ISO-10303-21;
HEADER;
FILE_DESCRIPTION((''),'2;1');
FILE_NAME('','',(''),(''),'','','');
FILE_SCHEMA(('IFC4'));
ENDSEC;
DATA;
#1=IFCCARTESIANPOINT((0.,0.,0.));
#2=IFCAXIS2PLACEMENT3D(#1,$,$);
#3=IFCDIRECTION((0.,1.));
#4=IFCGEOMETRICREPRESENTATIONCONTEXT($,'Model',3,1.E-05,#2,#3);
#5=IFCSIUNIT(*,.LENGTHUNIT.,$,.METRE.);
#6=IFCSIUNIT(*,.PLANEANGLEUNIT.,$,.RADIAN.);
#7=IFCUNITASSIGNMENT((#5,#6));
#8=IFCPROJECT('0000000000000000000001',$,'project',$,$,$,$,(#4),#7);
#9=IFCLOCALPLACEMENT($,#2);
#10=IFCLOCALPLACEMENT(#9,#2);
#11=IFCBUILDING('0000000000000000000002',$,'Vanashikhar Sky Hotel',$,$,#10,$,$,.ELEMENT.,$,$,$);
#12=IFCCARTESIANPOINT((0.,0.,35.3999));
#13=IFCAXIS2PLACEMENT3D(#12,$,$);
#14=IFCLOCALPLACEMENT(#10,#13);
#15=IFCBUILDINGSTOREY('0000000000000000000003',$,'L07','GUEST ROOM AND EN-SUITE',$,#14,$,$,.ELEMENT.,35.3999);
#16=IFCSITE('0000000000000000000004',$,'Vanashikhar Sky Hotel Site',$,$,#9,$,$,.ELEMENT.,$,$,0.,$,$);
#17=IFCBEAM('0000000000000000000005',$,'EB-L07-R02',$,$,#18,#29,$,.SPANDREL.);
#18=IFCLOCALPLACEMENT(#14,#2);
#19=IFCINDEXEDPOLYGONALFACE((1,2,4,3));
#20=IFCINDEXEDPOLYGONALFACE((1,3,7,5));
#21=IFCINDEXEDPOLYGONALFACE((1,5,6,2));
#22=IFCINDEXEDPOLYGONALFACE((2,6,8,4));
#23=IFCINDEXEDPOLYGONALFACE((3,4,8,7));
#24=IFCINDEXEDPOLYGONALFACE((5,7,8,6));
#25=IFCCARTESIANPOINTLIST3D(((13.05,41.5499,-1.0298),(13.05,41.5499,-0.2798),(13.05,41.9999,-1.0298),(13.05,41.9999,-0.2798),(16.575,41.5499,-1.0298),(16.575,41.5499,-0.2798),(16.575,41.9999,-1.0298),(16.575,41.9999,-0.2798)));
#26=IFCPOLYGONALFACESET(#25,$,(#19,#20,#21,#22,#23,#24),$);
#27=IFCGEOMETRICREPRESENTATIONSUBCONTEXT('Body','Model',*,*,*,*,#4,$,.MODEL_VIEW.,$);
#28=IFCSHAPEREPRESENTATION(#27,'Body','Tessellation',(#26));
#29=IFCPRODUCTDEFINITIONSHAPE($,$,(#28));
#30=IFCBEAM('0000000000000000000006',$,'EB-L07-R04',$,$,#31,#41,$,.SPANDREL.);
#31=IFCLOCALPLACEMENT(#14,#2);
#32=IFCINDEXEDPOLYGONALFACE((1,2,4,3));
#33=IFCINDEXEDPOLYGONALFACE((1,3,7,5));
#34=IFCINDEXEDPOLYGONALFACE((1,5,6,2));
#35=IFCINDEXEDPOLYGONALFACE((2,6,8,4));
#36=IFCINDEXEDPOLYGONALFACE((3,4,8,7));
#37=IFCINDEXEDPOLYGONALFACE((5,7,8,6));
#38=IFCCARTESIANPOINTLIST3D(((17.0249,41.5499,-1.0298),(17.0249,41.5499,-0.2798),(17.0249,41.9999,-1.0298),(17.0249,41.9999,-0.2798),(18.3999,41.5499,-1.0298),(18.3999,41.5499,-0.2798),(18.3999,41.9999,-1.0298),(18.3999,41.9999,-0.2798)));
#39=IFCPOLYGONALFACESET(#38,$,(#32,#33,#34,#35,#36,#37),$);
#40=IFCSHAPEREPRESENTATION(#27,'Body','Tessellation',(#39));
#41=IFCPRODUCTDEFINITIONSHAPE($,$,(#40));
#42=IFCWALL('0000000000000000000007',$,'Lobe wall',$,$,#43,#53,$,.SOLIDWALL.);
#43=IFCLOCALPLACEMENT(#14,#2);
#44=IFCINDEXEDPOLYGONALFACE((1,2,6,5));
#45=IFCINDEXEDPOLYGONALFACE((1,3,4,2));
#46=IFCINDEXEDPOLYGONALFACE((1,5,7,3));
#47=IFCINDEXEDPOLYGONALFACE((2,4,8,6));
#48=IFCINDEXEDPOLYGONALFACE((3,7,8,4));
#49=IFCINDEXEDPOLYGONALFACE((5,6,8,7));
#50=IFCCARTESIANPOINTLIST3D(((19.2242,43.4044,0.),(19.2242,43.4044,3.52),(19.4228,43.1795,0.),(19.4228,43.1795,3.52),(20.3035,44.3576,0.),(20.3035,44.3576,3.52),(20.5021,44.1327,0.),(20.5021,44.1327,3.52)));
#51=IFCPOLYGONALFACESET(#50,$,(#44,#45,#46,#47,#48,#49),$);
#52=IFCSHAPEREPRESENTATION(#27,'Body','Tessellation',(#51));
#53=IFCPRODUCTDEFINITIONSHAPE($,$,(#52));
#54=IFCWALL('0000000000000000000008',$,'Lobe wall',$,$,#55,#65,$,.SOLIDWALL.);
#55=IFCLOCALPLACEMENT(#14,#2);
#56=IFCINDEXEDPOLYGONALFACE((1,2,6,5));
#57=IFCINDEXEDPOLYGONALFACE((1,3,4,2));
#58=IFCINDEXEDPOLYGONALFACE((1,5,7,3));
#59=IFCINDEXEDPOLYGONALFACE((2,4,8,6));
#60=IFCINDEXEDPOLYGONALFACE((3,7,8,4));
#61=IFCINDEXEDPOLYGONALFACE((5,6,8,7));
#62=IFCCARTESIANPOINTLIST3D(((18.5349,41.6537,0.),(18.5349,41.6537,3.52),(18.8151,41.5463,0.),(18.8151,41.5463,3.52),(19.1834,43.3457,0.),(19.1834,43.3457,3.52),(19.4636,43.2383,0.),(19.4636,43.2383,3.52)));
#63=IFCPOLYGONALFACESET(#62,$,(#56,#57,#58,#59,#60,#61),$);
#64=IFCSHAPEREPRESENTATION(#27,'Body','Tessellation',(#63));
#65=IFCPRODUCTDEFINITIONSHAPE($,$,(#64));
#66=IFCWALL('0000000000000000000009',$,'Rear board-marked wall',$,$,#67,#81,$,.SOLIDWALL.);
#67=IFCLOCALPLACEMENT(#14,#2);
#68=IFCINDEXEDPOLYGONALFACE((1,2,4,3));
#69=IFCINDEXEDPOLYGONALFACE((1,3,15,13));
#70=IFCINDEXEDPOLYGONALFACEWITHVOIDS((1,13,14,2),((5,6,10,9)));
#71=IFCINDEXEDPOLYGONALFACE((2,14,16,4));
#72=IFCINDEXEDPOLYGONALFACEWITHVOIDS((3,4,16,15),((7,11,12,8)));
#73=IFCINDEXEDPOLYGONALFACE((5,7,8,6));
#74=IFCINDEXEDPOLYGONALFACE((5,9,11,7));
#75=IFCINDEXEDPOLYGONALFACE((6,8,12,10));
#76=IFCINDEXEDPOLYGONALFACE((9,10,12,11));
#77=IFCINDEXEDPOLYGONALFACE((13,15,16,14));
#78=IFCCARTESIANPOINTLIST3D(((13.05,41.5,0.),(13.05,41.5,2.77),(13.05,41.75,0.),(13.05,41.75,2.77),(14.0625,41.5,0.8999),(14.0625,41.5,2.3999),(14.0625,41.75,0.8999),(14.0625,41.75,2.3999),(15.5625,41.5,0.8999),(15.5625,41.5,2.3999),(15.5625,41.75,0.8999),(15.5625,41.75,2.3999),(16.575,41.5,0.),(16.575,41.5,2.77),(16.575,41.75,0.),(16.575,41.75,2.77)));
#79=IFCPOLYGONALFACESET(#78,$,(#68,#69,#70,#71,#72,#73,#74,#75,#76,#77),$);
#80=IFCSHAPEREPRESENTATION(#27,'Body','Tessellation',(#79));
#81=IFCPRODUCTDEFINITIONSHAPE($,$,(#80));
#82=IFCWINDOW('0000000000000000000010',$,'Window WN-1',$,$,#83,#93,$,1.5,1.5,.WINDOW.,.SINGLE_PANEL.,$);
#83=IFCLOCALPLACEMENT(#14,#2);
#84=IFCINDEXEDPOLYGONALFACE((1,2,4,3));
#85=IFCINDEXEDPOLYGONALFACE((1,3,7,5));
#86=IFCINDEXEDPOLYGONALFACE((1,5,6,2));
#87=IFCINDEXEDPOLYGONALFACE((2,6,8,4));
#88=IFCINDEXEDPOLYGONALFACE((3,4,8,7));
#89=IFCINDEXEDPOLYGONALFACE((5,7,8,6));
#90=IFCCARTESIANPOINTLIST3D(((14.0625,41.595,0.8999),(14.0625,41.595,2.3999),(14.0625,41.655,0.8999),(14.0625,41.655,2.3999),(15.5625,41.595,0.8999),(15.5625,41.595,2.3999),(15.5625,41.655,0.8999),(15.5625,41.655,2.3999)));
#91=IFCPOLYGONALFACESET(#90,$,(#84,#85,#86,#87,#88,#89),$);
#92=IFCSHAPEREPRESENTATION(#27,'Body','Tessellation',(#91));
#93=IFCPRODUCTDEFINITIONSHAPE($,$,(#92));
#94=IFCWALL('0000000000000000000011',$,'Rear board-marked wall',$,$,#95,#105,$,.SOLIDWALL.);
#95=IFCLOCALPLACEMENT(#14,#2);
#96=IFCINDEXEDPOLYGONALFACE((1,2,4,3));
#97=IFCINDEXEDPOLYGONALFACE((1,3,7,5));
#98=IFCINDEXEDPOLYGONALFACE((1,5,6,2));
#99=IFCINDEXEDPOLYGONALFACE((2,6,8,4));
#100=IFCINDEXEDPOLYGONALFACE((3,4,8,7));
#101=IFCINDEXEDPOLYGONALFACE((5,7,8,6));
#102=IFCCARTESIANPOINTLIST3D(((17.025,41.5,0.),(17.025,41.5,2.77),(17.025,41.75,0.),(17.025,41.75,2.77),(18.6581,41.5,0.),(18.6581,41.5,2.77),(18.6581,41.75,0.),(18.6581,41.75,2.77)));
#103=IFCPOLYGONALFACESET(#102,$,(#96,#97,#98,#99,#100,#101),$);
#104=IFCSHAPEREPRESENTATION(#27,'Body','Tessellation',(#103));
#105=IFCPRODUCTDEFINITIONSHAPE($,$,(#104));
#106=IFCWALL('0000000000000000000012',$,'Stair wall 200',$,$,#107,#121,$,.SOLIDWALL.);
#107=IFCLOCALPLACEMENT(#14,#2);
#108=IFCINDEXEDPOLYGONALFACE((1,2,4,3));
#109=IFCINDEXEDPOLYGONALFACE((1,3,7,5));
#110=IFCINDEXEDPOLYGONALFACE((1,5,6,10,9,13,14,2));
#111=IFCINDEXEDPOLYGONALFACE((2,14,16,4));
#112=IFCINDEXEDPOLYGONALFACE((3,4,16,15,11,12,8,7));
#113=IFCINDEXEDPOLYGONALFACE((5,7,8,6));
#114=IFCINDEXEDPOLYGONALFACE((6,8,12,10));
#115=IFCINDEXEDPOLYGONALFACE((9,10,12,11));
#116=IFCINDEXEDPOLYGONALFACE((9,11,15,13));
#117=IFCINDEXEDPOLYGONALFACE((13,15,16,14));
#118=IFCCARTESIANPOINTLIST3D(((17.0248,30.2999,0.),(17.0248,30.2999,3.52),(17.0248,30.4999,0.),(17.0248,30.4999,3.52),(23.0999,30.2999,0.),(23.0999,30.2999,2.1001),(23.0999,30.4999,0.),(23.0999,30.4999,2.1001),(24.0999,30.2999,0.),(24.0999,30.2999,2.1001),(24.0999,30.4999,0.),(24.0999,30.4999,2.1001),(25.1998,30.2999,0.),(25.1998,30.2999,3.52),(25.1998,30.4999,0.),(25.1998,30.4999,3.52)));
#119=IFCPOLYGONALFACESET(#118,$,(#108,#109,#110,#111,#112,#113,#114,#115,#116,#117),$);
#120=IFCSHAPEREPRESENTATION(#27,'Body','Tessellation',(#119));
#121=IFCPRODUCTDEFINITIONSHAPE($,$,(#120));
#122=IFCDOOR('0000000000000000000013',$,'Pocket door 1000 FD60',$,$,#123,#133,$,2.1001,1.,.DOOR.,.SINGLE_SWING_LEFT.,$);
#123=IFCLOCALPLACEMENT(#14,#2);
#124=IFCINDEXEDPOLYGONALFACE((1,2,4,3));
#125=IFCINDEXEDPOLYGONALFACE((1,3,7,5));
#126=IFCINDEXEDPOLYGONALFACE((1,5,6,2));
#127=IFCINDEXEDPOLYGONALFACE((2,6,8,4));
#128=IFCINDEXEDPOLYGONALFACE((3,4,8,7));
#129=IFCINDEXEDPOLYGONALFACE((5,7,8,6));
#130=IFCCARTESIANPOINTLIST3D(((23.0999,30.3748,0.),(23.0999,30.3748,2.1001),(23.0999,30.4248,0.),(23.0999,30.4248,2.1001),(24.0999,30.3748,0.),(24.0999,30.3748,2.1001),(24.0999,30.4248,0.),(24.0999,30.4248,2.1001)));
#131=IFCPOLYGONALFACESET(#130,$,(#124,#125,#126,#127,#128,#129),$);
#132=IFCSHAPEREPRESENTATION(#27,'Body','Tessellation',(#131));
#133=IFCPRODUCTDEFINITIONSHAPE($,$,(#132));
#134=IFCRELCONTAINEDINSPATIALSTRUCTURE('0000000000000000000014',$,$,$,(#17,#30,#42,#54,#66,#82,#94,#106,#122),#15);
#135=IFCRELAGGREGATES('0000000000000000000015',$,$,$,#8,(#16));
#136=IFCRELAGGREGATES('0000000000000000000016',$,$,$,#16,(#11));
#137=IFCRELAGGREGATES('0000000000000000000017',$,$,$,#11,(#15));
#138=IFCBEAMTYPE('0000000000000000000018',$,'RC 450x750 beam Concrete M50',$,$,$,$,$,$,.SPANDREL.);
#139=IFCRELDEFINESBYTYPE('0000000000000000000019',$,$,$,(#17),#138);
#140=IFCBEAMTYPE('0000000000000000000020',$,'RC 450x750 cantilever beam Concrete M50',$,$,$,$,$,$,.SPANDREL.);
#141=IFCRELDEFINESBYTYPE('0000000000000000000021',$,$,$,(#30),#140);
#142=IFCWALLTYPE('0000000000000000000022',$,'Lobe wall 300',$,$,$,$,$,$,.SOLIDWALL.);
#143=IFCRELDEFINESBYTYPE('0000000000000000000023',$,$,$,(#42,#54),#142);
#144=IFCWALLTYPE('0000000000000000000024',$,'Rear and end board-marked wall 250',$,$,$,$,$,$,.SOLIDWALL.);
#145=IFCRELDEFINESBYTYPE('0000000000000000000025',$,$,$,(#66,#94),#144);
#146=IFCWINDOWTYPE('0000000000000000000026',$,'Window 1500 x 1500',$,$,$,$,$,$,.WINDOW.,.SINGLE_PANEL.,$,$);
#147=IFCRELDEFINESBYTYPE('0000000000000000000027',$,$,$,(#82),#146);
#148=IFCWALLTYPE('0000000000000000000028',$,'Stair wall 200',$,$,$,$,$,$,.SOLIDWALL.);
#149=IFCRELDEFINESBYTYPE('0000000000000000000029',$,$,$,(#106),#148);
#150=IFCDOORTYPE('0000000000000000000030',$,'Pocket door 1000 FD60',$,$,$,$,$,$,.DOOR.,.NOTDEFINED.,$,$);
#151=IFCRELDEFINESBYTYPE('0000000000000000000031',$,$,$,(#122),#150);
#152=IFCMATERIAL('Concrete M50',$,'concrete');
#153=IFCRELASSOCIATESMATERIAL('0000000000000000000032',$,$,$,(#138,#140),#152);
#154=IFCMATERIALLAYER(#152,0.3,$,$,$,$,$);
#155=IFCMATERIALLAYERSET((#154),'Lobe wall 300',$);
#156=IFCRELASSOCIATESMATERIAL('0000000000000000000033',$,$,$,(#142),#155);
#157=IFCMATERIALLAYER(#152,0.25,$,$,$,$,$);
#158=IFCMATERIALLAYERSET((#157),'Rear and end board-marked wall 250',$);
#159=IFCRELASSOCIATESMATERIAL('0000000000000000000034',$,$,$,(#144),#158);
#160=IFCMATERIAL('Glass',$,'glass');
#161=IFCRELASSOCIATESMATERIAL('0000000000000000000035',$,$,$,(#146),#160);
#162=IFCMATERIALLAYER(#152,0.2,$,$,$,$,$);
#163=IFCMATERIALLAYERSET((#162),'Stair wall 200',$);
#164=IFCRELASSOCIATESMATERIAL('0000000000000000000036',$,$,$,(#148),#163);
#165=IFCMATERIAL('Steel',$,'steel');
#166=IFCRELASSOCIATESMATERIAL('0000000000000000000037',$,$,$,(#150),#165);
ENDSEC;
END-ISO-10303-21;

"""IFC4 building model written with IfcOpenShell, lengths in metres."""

from ifc_helpers import new_model, si_unit, direction, frame, frame_2d, origin, origin_2d, place, context, subcontext, project, spatial, rectangle, extrude, source, transform, mapped, material, layer, layer_set, material_profile, profile_set, type_object, element, fill, save


model = new_model("IFC4")

# Units and contexts
model_context = context("Model", 3, precision=1e-05, world=origin(), true_north=direction((0.0, 1.0)))
body_context = subcontext(model_context, "Body", "Model", "MODEL_VIEW")
ifc_project = project(units=[si_unit("LENGTHUNIT", "METRE"), si_unit("PLANEANGLEUNIT", "RADIAN")], contexts=[model_context])

# Site, building, storey
site_placement = place(None, origin())
site = spatial("IfcSite", under=ifc_project, at=site_placement, Name="Vanashikhar Sky Hotel Site", CompositionType="ELEMENT", RefElevation=0.0)
building_placement = place(site_placement, origin())
building = spatial("IfcBuilding", under=site, at=building_placement, Name="Vanashikhar Sky Hotel", CompositionType="ELEMENT")
storey_placement = place(building_placement, frame((0.0, 0.0, 35.3999)))
storey = spatial("IfcBuildingStorey", under=building, at=storey_placement, Name="L07", Description="GUEST ROOM AND EN-SUITE", CompositionType="ELEMENT", Elevation=35.3999)

# Beams
ifc_material_1 = material(Name="Concrete M50", Category="concrete")
ifc_material_profile_1 = material_profile(ifc_material_1, rectangle(XDim=0.45, YDim=0.75, at=origin_2d()))
ifc_profile_set_1 = profile_set([ifc_material_profile_1], Name="RC 450x750 beam Concrete M50")
beam_type_1 = type_object("IfcBeamType", Name="RC 450x750 beam Concrete M50", PredefinedType="SPANDREL", material=ifc_profile_set_1)
shared_shape_1 = source(origin(), body_context, "Body", "SweptSolid", [
    extrude(rectangle(XDim=0.45, YDim=0.75, at=origin_2d()), origin(), (0.0, 0.0, 1.0), 3.5249),
])
beam_1_placement = place(storey_placement, frame((13.05, 41.7749, -0.6548), z_axis=(1.0, 0.0, 0.0), x_axis=(0.0, 1.0, 0.0)))
element("IfcBeam", 1, at=beam_1_placement, inside=storey, type_object=beam_type_1, Name="EB-L07-R02", PredefinedType="SPANDREL", context=body_context, shape_type="MappedRepresentation", body=[
    mapped(shared_shape_1, transform((0.0, 0.0, 0.0), scale=1.0)),
])
ifc_material_profile_2 = material_profile(ifc_material_1, rectangle(XDim=0.45, YDim=0.75, at=origin_2d()))
ifc_profile_set_2 = profile_set([ifc_material_profile_2], Name="RC 450x750 cantilever beam Concrete M50")
beam_type_2 = type_object("IfcBeamType", Name="RC 450x750 cantilever beam Concrete M50", PredefinedType="SPANDREL", material=ifc_profile_set_2)
shared_shape_2 = source(origin(), body_context, "Body", "SweptSolid", [
    extrude(rectangle(XDim=0.45, YDim=0.75, at=origin_2d()), origin(), (0.0, 0.0, 1.0), 1.375),
])
beam_2_placement = place(storey_placement, frame((17.0249, 41.7749, -0.6548), z_axis=(1.0, 0.0, 0.0), x_axis=(0.0, 1.0, 0.0)))
element("IfcBeam", 2, at=beam_2_placement, inside=storey, type_object=beam_type_2, Name="EB-L07-R04", PredefinedType="SPANDREL", context=body_context, shape_type="MappedRepresentation", body=[
    mapped(shared_shape_2, transform((0.0, 0.0, 0.0), scale=1.0)),
])

# Walls
ifc_layer_1 = layer(ifc_material_1, 0.3)
ifc_layer_set_1 = layer_set([ifc_layer_1], Name="Lobe wall 300")
wall_type_1 = type_object("IfcWallType", Name="Lobe wall 300", PredefinedType="SOLIDWALL", material=ifc_layer_set_1)
shared_shape_3 = source(origin(), body_context, "Body", "SweptSolid", [
    extrude(rectangle(XDim=1.4399, YDim=0.3, at=frame_2d((0.72, 0.0))), origin(), (0.0, 0.0, 1.0), 3.52),
])
wall_1_placement = place(storey_placement, frame((20.4028, 44.2451, 0.0), z_axis=(0.0, 0.0, 1.0), x_axis=(-0.749576, -0.661919, 0.0)))
element("IfcWall", 3, at=wall_1_placement, inside=storey, type_object=wall_type_1, Name="Lobe wall", PredefinedType="SOLIDWALL", context=body_context, shape_type="MappedRepresentation", body=[
    mapped(shared_shape_3, transform((0.0, 0.0, 0.0), scale=1.0)),
])
shared_shape_4 = source(origin(), body_context, "Body", "SweptSolid", [
    extrude(rectangle(XDim=1.812, YDim=0.3, at=frame_2d((0.906, 0.0))), origin(), (0.0, 0.0, 1.0), 3.52),
])
wall_2_placement = place(storey_placement, frame((19.3235, 43.292, 0.0), z_axis=(0.0, 0.0, 1.0), x_axis=(-0.357877, -0.933769, 0.0)))
element("IfcWall", 4, at=wall_2_placement, inside=storey, type_object=wall_type_1, Name="Lobe wall", PredefinedType="SOLIDWALL", context=body_context, shape_type="MappedRepresentation", body=[
    mapped(shared_shape_4, transform((0.0, 0.0, 0.0), scale=1.0)),
])

# Wall, opening, window
ifc_layer_2 = layer(ifc_material_1, 0.25)
ifc_layer_set_2 = layer_set([ifc_layer_2], Name="Rear and end board-marked wall 250")
wall_type_2 = type_object("IfcWallType", Name="Rear and end board-marked wall 250", PredefinedType="SOLIDWALL", material=ifc_layer_set_2)
shared_shape_5 = source(origin(), body_context, "Body", "SweptSolid", [
    extrude(rectangle(XDim=3.5249, YDim=0.25, at=frame_2d((1.7625, 0.0))), origin(), (0.0, 0.0, 1.0), 2.77),
])
wall_3_placement = place(storey_placement, frame((16.575, 41.625, 0.0), z_axis=(0.0, 0.0, 1.0), x_axis=(-1.0, 0.0, 0.0)))
wall_3 = element("IfcWall", 5, at=wall_3_placement, inside=storey, type_object=wall_type_2, Name="Rear board-marked wall", PredefinedType="SOLIDWALL", context=body_context, shape_type="MappedRepresentation", body=[
    mapped(shared_shape_5, transform((0.0, 0.0, 0.0), scale=1.0)),
])
shared_shape_6 = source(origin(), body_context, "Body", "SweptSolid", [
    extrude(rectangle(XDim=1.5, YDim=1.5, at=frame_2d((0.75, 0.75))), frame((0.0, 0.135, 0.0), z_axis=(0.0, -1.0, 0.0), x_axis=(1.0, 0.0, 0.0)), (0.0, 0.0, 1.0), 0.27),
])
opening_1_placement = place(wall_3_placement, frame((1.0125, 0.0, 0.8999)))
opening_1 = element("IfcOpeningElement", 6, at=opening_1_placement, cuts=wall_3, PredefinedType="OPENING", context=body_context, shape_type="MappedRepresentation", body=[
    mapped(shared_shape_6, transform((0.0, 0.0, 0.0), scale=1.0)),
])
ifc_material_2 = material(Name="Glass", Category="glass")
window_type = type_object("IfcWindowType", Name="Window 1500 x 1500", PartitioningType="SINGLE_PANEL", PredefinedType="WINDOW", material=ifc_material_2)
shared_shape_7 = source(origin(), body_context, "Body", "SweptSolid", [
    extrude(rectangle(XDim=1.5, YDim=1.5, at=frame_2d((0.75, 0.75))), frame((0.0, 0.03, 0.0), z_axis=(0.0, -1.0, 0.0), x_axis=(1.0, 0.0, 0.0)), (0.0, 0.0, 1.0), 0.0601),
])
window_placement = place(opening_1_placement, origin())
window = element("IfcWindow", 7, at=window_placement, inside=storey, type_object=window_type, Name="Window WN-1", OverallHeight=1.5, OverallWidth=1.5, PartitioningType="SINGLE_PANEL", PredefinedType="WINDOW", context=body_context, shape_type="MappedRepresentation", body=[
    mapped(shared_shape_7, transform((0.0, 0.0, 0.0), scale=1.0)),
])
fill(opening_1, window)

# Wall
shared_shape_8 = source(origin(), body_context, "Body", "SweptSolid", [
    extrude(rectangle(XDim=1.6331, YDim=0.25, at=frame_2d((0.8164, 0.0))), origin(), (0.0, 0.0, 1.0), 2.77),
])
wall_4_placement = place(storey_placement, frame((18.658, 41.625, 0.0), z_axis=(0.0, 0.0, 1.0), x_axis=(-1.0, 0.0, 0.0)))
element("IfcWall", 8, at=wall_4_placement, inside=storey, type_object=wall_type_2, Name="Rear board-marked wall", PredefinedType="SOLIDWALL", context=body_context, shape_type="MappedRepresentation", body=[
    mapped(shared_shape_8, transform((0.0, 0.0, 0.0), scale=1.0)),
])

# Wall, opening, door
ifc_layer_3 = layer(ifc_material_1, 0.2)
ifc_layer_set_3 = layer_set([ifc_layer_3], Name="Stair wall 200")
wall_type_3 = type_object("IfcWallType", Name="Stair wall 200", PredefinedType="SOLIDWALL", material=ifc_layer_set_3)
shared_shape_9 = source(origin(), body_context, "Body", "SweptSolid", [
    extrude(rectangle(XDim=8.175, YDim=0.2, at=frame_2d((4.0874, 0.0))), origin(), (0.0, 0.0, 1.0), 3.52),
])
wall_5_placement = place(storey_placement, frame((17.0249, 30.3999, 0.0), z_axis=(0.0, 0.0, 1.0), x_axis=(1.0, 0.0, 0.0)))
wall_5 = element("IfcWall", 9, at=wall_5_placement, inside=storey, type_object=wall_type_3, Name="Stair wall 200", PredefinedType="SOLIDWALL", context=body_context, shape_type="MappedRepresentation", body=[
    mapped(shared_shape_9, transform((0.0, 0.0, 0.0), scale=1.0)),
])
shared_shape_10 = source(origin(), body_context, "Body", "SweptSolid", [
    extrude(rectangle(XDim=1.0, YDim=2.1001, at=frame_2d((0.5, 1.05))), frame((0.0, 0.1099, 0.0), z_axis=(0.0, -1.0, 0.0), x_axis=(1.0, 0.0, 0.0)), (0.0, 0.0, 1.0), 0.22),
])
opening_2_placement = place(wall_5_placement, frame((6.075, 0.0, 0.0)))
opening_2 = element("IfcOpeningElement", 10, at=opening_2_placement, cuts=wall_5, PredefinedType="OPENING", context=body_context, shape_type="MappedRepresentation", body=[
    mapped(shared_shape_10, transform((0.0, 0.0, 0.0), scale=1.0)),
])
ifc_material_3 = material(Name="Steel", Category="steel")
door_type_1 = type_object("IfcDoorType", Name="Pocket door 1000 FD60", OperationType="NOTDEFINED", PredefinedType="DOOR", material=ifc_material_3)
shared_shape_11 = source(origin(), body_context, "Body", "SweptSolid", [
    extrude(rectangle(XDim=1.0, YDim=2.1001, at=frame_2d((0.5, 1.05))), frame((0.0, 0.0249, 0.0), z_axis=(0.0, -1.0, 0.0), x_axis=(1.0, 0.0, 0.0)), (0.0, 0.0, 1.0), 0.05),
])
door_1_placement = place(opening_2_placement, origin())
door_1 = element("IfcDoor", 11, at=door_1_placement, inside=storey, type_object=door_type_1, Name="Pocket door 1000 FD60", OperationType="SINGLE_SWING_LEFT", OverallHeight=2.1001, OverallWidth=1.0, PredefinedType="DOOR", context=body_context, shape_type="MappedRepresentation", body=[
    mapped(shared_shape_11, transform((0.0, 0.0, 0.0), scale=1.0)),
])
fill(opening_2, door_1)

save(model, "model.ifc")
